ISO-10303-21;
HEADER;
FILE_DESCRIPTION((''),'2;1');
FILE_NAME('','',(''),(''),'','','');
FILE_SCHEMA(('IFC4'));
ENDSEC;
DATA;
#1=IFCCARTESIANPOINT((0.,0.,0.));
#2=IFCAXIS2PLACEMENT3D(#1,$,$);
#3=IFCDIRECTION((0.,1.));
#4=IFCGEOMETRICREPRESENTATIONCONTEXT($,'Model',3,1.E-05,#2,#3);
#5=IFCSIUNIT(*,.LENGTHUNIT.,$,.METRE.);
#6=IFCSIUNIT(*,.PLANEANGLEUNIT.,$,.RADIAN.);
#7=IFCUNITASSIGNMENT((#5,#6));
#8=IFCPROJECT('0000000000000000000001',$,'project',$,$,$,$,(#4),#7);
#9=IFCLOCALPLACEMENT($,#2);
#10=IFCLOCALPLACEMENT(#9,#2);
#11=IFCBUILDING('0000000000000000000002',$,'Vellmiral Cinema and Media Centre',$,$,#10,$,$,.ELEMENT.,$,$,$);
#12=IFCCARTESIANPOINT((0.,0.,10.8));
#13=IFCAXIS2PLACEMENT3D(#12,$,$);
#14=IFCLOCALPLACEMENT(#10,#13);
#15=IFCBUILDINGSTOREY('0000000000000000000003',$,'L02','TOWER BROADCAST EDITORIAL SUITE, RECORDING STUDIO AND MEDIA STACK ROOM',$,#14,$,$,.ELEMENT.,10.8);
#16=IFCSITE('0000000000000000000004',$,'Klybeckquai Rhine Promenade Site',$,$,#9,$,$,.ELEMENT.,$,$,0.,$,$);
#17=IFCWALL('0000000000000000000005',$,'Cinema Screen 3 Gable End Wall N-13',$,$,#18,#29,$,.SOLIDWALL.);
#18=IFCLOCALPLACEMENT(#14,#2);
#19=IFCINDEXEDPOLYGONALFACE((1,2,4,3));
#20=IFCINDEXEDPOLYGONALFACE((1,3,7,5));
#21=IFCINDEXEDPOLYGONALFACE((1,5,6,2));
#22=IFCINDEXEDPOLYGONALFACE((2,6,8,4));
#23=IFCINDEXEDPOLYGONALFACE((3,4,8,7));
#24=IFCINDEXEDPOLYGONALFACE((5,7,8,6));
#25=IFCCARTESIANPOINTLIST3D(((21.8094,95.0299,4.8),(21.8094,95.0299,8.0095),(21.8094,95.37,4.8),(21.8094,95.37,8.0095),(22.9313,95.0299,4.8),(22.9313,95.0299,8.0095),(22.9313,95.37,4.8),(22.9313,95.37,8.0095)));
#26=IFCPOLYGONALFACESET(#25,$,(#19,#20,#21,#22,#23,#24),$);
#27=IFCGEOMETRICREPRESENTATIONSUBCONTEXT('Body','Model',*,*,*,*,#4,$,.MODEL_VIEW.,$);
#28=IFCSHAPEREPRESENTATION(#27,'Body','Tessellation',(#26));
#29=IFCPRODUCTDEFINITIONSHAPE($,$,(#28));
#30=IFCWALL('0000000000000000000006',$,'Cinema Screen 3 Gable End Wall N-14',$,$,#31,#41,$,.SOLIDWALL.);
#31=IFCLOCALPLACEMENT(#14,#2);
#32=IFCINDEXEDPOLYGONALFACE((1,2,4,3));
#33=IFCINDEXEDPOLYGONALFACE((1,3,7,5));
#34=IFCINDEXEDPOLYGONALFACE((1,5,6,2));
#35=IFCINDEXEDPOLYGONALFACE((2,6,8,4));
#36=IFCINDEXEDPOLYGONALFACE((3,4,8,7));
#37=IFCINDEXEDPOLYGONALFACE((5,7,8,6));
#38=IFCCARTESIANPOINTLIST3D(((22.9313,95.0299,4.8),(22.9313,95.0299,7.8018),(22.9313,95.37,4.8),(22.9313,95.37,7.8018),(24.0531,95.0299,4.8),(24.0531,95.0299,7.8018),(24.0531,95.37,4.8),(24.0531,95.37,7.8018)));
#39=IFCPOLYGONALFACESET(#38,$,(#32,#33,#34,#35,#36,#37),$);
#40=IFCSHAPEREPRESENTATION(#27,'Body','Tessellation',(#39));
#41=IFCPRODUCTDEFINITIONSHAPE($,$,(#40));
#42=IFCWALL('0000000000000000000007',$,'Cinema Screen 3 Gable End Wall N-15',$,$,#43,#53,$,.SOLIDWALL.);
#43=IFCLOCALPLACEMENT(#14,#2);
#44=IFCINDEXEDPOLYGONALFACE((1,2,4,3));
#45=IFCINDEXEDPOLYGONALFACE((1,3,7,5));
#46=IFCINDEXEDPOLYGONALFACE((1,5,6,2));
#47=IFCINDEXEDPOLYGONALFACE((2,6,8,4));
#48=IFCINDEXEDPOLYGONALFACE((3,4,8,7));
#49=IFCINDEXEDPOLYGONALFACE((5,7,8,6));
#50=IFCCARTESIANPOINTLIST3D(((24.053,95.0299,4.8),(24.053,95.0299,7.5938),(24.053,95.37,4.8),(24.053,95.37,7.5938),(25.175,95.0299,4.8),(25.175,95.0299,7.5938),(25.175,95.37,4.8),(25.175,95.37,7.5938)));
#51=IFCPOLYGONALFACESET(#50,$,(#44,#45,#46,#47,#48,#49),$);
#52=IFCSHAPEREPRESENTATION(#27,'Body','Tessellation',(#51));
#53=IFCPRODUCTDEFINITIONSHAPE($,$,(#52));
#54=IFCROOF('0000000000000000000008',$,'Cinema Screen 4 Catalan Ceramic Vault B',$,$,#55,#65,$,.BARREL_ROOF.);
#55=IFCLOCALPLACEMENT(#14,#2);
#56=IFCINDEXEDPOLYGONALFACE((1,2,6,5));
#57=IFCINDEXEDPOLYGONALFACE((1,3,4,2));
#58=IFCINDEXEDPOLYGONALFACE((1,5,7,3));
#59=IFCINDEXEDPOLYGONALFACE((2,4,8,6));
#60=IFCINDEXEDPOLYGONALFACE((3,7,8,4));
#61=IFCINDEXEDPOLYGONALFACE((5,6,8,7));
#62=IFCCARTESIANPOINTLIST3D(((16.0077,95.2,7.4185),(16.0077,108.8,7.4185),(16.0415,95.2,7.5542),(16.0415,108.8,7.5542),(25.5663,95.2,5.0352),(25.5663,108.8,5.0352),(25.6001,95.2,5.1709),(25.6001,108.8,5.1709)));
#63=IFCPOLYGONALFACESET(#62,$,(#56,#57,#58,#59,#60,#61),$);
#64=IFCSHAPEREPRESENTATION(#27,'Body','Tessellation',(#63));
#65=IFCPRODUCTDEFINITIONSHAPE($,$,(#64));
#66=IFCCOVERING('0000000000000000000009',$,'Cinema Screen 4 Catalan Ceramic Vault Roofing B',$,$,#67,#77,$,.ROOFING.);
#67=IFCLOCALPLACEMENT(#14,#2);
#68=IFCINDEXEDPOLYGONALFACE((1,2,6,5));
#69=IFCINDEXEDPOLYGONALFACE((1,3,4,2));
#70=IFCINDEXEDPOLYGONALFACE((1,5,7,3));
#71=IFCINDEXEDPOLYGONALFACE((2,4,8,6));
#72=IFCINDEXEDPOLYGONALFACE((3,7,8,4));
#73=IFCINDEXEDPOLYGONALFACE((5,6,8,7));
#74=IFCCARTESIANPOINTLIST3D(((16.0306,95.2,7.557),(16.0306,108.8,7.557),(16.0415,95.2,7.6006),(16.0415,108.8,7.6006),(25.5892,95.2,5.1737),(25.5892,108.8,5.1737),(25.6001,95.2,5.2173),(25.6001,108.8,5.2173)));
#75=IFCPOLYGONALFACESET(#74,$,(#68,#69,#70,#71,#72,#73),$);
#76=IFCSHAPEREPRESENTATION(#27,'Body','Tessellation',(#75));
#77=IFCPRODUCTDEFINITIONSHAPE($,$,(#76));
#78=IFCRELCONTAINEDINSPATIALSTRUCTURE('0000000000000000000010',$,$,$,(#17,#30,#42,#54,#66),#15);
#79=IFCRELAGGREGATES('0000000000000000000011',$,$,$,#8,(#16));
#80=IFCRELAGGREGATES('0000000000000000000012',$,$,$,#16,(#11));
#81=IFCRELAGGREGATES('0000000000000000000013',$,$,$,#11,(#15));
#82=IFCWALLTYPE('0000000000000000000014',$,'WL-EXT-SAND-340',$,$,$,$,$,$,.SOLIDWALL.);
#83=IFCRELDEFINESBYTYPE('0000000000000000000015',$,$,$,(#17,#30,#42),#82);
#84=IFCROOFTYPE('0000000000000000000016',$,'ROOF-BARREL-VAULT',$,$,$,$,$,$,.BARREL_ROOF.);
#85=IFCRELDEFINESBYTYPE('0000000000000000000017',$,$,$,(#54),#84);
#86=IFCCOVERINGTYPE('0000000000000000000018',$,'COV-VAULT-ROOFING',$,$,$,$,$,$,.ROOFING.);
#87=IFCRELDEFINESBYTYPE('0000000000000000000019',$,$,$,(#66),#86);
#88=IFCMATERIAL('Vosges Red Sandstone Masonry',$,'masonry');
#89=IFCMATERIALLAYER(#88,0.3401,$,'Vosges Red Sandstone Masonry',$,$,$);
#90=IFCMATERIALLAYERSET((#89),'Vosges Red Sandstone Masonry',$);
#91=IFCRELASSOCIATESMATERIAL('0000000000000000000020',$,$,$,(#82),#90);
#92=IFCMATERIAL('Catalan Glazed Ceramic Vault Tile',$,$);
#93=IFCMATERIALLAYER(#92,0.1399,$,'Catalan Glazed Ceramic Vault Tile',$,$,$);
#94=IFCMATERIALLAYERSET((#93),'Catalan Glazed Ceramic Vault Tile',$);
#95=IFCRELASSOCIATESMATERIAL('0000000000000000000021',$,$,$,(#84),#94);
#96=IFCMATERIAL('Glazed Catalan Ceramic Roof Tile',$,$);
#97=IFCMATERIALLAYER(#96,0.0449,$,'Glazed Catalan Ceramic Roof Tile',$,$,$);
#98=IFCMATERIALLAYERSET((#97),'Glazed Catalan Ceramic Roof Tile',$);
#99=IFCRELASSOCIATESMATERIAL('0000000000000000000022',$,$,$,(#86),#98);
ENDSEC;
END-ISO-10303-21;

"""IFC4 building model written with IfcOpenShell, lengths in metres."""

from ifc_helpers import new_model, si_unit, direction, frame, frame_2d, origin, place, context, subcontext, project, spatial, polyline, rectangle, outline, extrude, material, layer, layer_set, type_object, element, save


model = new_model("IFC4")

# Units and contexts
model_context = context("Model", 3, precision=1e-05, world=origin(), true_north=direction((0.0, 1.0)))
body_context = subcontext(model_context, "Body", "Model", "MODEL_VIEW")
ifc_project = project(units=[si_unit("LENGTHUNIT", "METRE"), si_unit("PLANEANGLEUNIT", "RADIAN")], contexts=[model_context])

# Site, building, storey
site_placement = place(None, origin())
site = spatial("IfcSite", under=ifc_project, at=site_placement, Name="Klybeckquai Rhine Promenade Site", CompositionType="ELEMENT", RefElevation=0.0)
building_placement = place(site_placement, origin())
building = spatial("IfcBuilding", under=site, at=building_placement, Name="Vellmiral Cinema and Media Centre", CompositionType="ELEMENT")
storey_placement = place(building_placement, frame((0.0, 0.0, 10.8)))
storey = spatial("IfcBuildingStorey", under=building, at=storey_placement, Name="L02", Description="TOWER BROADCAST EDITORIAL SUITE, RECORDING STUDIO AND MEDIA STACK ROOM", CompositionType="ELEMENT", Elevation=10.8)

# Walls
ifc_material_1 = material(Name="Vosges Red Sandstone Masonry", Category="masonry")
ifc_layer_1 = layer(ifc_material_1, 0.3401, Name="Vosges Red Sandstone Masonry")
ifc_layer_set_1 = layer_set([ifc_layer_1], Name="Vosges Red Sandstone Masonry")
wall_type = type_object("IfcWallType", Name="WL-EXT-SAND-340", PredefinedType="SOLIDWALL", material=ifc_layer_set_1)
wall_1_placement = place(storey_placement, frame((21.8093, 95.2, 4.8), z_axis=(0.0, 0.0, 1.0), x_axis=(1.0, 0.0, 0.0)))
element("IfcWall", 1, at=wall_1_placement, inside=storey, type_object=wall_type, Name="Cinema Screen 3 Gable End Wall N-13", PredefinedType="SOLIDWALL", context=body_context, shape_type="SweptSolid", body=[
    extrude(rectangle(XDim=1.1218, YDim=0.3401, at=frame_2d((0.561, 0.0))), origin(), (0.0, 0.0, 1.0), 3.2095),
])
wall_2_placement = place(storey_placement, frame((22.9312, 95.2, 4.8), z_axis=(0.0, 0.0, 1.0), x_axis=(1.0, 0.0, 0.0)))
element("IfcWall", 2, at=wall_2_placement, inside=storey, type_object=wall_type, Name="Cinema Screen 3 Gable End Wall N-14", PredefinedType="SOLIDWALL", context=body_context, shape_type="SweptSolid", body=[
    extrude(rectangle(XDim=1.1218, YDim=0.3401, at=frame_2d((0.561, 0.0))), origin(), (0.0, 0.0, 1.0), 3.0017),
])
wall_3_placement = place(storey_placement, frame((24.053, 95.2, 4.8), z_axis=(0.0, 0.0, 1.0), x_axis=(1.0, 0.0, 0.0)))
element("IfcWall", 3, at=wall_3_placement, inside=storey, type_object=wall_type, Name="Cinema Screen 3 Gable End Wall N-15", PredefinedType="SOLIDWALL", context=body_context, shape_type="SweptSolid", body=[
    extrude(rectangle(XDim=1.1221, YDim=0.3401, at=frame_2d((0.561, 0.0))), origin(), (0.0, 0.0, 1.0), 2.7937),
])

# Roof
ifc_material_2 = material(Name="Catalan Glazed Ceramic Vault Tile")
ifc_layer_2 = layer(ifc_material_2, 0.1399, Name="Catalan Glazed Ceramic Vault Tile")
ifc_layer_set_2 = layer_set([ifc_layer_2], Name="Catalan Glazed Ceramic Vault Tile")
roof_type = type_object("IfcRoofType", Name="ROOF-BARREL-VAULT", PredefinedType="BARREL_ROOF", material=ifc_layer_set_2)
roof_placement = place(storey_placement, frame((16.0415, 95.2, 7.5542), z_axis=(0.241929, 0.0, 0.970294), x_axis=(0.970294, 0.0, -0.241929)))
element("IfcRoof", 4, at=roof_placement, inside=storey, type_object=roof_type, Name="Cinema Screen 4 Catalan Ceramic Vault B", PredefinedType="BARREL_ROOF", context=body_context, shape_type="SweptSolid", body=[
    extrude(outline(polyline([(0.0, 0.0), (9.8512, 0.0), (9.8512, 13.6001), (0.0, 13.6001), (0.0, 0.0)])), origin(), (0.0, 0.0, -1.0), 0.1399),
])

# Covering
ifc_material_3 = material(Name="Glazed Catalan Ceramic Roof Tile")
ifc_layer_3 = layer(ifc_material_3, 0.0449, Name="Glazed Catalan Ceramic Roof Tile")
ifc_layer_set_3 = layer_set([ifc_layer_3], Name="Glazed Catalan Ceramic Roof Tile")
covering_type = type_object("IfcCoveringType", Name="COV-VAULT-ROOFING", PredefinedType="ROOFING", material=ifc_layer_set_3)
covering_placement = place(storey_placement, frame((16.0415, 95.2, 7.6006), z_axis=(0.241929, 0.0, 0.970294), x_axis=(0.970294, 0.0, -0.241929)))
element("IfcCovering", 5, at=covering_placement, inside=storey, type_object=covering_type, Name="Cinema Screen 4 Catalan Ceramic Vault Roofing B", PredefinedType="ROOFING", context=body_context, shape_type="SweptSolid", body=[
    extrude(outline(polyline([(0.0, 0.0), (9.8512, 0.0), (9.8512, 13.6001), (0.0, 13.6001), (0.0, 0.0)])), origin(), (0.0, 0.0, -1.0), 0.0449),
])

save(model, "model.ifc")
